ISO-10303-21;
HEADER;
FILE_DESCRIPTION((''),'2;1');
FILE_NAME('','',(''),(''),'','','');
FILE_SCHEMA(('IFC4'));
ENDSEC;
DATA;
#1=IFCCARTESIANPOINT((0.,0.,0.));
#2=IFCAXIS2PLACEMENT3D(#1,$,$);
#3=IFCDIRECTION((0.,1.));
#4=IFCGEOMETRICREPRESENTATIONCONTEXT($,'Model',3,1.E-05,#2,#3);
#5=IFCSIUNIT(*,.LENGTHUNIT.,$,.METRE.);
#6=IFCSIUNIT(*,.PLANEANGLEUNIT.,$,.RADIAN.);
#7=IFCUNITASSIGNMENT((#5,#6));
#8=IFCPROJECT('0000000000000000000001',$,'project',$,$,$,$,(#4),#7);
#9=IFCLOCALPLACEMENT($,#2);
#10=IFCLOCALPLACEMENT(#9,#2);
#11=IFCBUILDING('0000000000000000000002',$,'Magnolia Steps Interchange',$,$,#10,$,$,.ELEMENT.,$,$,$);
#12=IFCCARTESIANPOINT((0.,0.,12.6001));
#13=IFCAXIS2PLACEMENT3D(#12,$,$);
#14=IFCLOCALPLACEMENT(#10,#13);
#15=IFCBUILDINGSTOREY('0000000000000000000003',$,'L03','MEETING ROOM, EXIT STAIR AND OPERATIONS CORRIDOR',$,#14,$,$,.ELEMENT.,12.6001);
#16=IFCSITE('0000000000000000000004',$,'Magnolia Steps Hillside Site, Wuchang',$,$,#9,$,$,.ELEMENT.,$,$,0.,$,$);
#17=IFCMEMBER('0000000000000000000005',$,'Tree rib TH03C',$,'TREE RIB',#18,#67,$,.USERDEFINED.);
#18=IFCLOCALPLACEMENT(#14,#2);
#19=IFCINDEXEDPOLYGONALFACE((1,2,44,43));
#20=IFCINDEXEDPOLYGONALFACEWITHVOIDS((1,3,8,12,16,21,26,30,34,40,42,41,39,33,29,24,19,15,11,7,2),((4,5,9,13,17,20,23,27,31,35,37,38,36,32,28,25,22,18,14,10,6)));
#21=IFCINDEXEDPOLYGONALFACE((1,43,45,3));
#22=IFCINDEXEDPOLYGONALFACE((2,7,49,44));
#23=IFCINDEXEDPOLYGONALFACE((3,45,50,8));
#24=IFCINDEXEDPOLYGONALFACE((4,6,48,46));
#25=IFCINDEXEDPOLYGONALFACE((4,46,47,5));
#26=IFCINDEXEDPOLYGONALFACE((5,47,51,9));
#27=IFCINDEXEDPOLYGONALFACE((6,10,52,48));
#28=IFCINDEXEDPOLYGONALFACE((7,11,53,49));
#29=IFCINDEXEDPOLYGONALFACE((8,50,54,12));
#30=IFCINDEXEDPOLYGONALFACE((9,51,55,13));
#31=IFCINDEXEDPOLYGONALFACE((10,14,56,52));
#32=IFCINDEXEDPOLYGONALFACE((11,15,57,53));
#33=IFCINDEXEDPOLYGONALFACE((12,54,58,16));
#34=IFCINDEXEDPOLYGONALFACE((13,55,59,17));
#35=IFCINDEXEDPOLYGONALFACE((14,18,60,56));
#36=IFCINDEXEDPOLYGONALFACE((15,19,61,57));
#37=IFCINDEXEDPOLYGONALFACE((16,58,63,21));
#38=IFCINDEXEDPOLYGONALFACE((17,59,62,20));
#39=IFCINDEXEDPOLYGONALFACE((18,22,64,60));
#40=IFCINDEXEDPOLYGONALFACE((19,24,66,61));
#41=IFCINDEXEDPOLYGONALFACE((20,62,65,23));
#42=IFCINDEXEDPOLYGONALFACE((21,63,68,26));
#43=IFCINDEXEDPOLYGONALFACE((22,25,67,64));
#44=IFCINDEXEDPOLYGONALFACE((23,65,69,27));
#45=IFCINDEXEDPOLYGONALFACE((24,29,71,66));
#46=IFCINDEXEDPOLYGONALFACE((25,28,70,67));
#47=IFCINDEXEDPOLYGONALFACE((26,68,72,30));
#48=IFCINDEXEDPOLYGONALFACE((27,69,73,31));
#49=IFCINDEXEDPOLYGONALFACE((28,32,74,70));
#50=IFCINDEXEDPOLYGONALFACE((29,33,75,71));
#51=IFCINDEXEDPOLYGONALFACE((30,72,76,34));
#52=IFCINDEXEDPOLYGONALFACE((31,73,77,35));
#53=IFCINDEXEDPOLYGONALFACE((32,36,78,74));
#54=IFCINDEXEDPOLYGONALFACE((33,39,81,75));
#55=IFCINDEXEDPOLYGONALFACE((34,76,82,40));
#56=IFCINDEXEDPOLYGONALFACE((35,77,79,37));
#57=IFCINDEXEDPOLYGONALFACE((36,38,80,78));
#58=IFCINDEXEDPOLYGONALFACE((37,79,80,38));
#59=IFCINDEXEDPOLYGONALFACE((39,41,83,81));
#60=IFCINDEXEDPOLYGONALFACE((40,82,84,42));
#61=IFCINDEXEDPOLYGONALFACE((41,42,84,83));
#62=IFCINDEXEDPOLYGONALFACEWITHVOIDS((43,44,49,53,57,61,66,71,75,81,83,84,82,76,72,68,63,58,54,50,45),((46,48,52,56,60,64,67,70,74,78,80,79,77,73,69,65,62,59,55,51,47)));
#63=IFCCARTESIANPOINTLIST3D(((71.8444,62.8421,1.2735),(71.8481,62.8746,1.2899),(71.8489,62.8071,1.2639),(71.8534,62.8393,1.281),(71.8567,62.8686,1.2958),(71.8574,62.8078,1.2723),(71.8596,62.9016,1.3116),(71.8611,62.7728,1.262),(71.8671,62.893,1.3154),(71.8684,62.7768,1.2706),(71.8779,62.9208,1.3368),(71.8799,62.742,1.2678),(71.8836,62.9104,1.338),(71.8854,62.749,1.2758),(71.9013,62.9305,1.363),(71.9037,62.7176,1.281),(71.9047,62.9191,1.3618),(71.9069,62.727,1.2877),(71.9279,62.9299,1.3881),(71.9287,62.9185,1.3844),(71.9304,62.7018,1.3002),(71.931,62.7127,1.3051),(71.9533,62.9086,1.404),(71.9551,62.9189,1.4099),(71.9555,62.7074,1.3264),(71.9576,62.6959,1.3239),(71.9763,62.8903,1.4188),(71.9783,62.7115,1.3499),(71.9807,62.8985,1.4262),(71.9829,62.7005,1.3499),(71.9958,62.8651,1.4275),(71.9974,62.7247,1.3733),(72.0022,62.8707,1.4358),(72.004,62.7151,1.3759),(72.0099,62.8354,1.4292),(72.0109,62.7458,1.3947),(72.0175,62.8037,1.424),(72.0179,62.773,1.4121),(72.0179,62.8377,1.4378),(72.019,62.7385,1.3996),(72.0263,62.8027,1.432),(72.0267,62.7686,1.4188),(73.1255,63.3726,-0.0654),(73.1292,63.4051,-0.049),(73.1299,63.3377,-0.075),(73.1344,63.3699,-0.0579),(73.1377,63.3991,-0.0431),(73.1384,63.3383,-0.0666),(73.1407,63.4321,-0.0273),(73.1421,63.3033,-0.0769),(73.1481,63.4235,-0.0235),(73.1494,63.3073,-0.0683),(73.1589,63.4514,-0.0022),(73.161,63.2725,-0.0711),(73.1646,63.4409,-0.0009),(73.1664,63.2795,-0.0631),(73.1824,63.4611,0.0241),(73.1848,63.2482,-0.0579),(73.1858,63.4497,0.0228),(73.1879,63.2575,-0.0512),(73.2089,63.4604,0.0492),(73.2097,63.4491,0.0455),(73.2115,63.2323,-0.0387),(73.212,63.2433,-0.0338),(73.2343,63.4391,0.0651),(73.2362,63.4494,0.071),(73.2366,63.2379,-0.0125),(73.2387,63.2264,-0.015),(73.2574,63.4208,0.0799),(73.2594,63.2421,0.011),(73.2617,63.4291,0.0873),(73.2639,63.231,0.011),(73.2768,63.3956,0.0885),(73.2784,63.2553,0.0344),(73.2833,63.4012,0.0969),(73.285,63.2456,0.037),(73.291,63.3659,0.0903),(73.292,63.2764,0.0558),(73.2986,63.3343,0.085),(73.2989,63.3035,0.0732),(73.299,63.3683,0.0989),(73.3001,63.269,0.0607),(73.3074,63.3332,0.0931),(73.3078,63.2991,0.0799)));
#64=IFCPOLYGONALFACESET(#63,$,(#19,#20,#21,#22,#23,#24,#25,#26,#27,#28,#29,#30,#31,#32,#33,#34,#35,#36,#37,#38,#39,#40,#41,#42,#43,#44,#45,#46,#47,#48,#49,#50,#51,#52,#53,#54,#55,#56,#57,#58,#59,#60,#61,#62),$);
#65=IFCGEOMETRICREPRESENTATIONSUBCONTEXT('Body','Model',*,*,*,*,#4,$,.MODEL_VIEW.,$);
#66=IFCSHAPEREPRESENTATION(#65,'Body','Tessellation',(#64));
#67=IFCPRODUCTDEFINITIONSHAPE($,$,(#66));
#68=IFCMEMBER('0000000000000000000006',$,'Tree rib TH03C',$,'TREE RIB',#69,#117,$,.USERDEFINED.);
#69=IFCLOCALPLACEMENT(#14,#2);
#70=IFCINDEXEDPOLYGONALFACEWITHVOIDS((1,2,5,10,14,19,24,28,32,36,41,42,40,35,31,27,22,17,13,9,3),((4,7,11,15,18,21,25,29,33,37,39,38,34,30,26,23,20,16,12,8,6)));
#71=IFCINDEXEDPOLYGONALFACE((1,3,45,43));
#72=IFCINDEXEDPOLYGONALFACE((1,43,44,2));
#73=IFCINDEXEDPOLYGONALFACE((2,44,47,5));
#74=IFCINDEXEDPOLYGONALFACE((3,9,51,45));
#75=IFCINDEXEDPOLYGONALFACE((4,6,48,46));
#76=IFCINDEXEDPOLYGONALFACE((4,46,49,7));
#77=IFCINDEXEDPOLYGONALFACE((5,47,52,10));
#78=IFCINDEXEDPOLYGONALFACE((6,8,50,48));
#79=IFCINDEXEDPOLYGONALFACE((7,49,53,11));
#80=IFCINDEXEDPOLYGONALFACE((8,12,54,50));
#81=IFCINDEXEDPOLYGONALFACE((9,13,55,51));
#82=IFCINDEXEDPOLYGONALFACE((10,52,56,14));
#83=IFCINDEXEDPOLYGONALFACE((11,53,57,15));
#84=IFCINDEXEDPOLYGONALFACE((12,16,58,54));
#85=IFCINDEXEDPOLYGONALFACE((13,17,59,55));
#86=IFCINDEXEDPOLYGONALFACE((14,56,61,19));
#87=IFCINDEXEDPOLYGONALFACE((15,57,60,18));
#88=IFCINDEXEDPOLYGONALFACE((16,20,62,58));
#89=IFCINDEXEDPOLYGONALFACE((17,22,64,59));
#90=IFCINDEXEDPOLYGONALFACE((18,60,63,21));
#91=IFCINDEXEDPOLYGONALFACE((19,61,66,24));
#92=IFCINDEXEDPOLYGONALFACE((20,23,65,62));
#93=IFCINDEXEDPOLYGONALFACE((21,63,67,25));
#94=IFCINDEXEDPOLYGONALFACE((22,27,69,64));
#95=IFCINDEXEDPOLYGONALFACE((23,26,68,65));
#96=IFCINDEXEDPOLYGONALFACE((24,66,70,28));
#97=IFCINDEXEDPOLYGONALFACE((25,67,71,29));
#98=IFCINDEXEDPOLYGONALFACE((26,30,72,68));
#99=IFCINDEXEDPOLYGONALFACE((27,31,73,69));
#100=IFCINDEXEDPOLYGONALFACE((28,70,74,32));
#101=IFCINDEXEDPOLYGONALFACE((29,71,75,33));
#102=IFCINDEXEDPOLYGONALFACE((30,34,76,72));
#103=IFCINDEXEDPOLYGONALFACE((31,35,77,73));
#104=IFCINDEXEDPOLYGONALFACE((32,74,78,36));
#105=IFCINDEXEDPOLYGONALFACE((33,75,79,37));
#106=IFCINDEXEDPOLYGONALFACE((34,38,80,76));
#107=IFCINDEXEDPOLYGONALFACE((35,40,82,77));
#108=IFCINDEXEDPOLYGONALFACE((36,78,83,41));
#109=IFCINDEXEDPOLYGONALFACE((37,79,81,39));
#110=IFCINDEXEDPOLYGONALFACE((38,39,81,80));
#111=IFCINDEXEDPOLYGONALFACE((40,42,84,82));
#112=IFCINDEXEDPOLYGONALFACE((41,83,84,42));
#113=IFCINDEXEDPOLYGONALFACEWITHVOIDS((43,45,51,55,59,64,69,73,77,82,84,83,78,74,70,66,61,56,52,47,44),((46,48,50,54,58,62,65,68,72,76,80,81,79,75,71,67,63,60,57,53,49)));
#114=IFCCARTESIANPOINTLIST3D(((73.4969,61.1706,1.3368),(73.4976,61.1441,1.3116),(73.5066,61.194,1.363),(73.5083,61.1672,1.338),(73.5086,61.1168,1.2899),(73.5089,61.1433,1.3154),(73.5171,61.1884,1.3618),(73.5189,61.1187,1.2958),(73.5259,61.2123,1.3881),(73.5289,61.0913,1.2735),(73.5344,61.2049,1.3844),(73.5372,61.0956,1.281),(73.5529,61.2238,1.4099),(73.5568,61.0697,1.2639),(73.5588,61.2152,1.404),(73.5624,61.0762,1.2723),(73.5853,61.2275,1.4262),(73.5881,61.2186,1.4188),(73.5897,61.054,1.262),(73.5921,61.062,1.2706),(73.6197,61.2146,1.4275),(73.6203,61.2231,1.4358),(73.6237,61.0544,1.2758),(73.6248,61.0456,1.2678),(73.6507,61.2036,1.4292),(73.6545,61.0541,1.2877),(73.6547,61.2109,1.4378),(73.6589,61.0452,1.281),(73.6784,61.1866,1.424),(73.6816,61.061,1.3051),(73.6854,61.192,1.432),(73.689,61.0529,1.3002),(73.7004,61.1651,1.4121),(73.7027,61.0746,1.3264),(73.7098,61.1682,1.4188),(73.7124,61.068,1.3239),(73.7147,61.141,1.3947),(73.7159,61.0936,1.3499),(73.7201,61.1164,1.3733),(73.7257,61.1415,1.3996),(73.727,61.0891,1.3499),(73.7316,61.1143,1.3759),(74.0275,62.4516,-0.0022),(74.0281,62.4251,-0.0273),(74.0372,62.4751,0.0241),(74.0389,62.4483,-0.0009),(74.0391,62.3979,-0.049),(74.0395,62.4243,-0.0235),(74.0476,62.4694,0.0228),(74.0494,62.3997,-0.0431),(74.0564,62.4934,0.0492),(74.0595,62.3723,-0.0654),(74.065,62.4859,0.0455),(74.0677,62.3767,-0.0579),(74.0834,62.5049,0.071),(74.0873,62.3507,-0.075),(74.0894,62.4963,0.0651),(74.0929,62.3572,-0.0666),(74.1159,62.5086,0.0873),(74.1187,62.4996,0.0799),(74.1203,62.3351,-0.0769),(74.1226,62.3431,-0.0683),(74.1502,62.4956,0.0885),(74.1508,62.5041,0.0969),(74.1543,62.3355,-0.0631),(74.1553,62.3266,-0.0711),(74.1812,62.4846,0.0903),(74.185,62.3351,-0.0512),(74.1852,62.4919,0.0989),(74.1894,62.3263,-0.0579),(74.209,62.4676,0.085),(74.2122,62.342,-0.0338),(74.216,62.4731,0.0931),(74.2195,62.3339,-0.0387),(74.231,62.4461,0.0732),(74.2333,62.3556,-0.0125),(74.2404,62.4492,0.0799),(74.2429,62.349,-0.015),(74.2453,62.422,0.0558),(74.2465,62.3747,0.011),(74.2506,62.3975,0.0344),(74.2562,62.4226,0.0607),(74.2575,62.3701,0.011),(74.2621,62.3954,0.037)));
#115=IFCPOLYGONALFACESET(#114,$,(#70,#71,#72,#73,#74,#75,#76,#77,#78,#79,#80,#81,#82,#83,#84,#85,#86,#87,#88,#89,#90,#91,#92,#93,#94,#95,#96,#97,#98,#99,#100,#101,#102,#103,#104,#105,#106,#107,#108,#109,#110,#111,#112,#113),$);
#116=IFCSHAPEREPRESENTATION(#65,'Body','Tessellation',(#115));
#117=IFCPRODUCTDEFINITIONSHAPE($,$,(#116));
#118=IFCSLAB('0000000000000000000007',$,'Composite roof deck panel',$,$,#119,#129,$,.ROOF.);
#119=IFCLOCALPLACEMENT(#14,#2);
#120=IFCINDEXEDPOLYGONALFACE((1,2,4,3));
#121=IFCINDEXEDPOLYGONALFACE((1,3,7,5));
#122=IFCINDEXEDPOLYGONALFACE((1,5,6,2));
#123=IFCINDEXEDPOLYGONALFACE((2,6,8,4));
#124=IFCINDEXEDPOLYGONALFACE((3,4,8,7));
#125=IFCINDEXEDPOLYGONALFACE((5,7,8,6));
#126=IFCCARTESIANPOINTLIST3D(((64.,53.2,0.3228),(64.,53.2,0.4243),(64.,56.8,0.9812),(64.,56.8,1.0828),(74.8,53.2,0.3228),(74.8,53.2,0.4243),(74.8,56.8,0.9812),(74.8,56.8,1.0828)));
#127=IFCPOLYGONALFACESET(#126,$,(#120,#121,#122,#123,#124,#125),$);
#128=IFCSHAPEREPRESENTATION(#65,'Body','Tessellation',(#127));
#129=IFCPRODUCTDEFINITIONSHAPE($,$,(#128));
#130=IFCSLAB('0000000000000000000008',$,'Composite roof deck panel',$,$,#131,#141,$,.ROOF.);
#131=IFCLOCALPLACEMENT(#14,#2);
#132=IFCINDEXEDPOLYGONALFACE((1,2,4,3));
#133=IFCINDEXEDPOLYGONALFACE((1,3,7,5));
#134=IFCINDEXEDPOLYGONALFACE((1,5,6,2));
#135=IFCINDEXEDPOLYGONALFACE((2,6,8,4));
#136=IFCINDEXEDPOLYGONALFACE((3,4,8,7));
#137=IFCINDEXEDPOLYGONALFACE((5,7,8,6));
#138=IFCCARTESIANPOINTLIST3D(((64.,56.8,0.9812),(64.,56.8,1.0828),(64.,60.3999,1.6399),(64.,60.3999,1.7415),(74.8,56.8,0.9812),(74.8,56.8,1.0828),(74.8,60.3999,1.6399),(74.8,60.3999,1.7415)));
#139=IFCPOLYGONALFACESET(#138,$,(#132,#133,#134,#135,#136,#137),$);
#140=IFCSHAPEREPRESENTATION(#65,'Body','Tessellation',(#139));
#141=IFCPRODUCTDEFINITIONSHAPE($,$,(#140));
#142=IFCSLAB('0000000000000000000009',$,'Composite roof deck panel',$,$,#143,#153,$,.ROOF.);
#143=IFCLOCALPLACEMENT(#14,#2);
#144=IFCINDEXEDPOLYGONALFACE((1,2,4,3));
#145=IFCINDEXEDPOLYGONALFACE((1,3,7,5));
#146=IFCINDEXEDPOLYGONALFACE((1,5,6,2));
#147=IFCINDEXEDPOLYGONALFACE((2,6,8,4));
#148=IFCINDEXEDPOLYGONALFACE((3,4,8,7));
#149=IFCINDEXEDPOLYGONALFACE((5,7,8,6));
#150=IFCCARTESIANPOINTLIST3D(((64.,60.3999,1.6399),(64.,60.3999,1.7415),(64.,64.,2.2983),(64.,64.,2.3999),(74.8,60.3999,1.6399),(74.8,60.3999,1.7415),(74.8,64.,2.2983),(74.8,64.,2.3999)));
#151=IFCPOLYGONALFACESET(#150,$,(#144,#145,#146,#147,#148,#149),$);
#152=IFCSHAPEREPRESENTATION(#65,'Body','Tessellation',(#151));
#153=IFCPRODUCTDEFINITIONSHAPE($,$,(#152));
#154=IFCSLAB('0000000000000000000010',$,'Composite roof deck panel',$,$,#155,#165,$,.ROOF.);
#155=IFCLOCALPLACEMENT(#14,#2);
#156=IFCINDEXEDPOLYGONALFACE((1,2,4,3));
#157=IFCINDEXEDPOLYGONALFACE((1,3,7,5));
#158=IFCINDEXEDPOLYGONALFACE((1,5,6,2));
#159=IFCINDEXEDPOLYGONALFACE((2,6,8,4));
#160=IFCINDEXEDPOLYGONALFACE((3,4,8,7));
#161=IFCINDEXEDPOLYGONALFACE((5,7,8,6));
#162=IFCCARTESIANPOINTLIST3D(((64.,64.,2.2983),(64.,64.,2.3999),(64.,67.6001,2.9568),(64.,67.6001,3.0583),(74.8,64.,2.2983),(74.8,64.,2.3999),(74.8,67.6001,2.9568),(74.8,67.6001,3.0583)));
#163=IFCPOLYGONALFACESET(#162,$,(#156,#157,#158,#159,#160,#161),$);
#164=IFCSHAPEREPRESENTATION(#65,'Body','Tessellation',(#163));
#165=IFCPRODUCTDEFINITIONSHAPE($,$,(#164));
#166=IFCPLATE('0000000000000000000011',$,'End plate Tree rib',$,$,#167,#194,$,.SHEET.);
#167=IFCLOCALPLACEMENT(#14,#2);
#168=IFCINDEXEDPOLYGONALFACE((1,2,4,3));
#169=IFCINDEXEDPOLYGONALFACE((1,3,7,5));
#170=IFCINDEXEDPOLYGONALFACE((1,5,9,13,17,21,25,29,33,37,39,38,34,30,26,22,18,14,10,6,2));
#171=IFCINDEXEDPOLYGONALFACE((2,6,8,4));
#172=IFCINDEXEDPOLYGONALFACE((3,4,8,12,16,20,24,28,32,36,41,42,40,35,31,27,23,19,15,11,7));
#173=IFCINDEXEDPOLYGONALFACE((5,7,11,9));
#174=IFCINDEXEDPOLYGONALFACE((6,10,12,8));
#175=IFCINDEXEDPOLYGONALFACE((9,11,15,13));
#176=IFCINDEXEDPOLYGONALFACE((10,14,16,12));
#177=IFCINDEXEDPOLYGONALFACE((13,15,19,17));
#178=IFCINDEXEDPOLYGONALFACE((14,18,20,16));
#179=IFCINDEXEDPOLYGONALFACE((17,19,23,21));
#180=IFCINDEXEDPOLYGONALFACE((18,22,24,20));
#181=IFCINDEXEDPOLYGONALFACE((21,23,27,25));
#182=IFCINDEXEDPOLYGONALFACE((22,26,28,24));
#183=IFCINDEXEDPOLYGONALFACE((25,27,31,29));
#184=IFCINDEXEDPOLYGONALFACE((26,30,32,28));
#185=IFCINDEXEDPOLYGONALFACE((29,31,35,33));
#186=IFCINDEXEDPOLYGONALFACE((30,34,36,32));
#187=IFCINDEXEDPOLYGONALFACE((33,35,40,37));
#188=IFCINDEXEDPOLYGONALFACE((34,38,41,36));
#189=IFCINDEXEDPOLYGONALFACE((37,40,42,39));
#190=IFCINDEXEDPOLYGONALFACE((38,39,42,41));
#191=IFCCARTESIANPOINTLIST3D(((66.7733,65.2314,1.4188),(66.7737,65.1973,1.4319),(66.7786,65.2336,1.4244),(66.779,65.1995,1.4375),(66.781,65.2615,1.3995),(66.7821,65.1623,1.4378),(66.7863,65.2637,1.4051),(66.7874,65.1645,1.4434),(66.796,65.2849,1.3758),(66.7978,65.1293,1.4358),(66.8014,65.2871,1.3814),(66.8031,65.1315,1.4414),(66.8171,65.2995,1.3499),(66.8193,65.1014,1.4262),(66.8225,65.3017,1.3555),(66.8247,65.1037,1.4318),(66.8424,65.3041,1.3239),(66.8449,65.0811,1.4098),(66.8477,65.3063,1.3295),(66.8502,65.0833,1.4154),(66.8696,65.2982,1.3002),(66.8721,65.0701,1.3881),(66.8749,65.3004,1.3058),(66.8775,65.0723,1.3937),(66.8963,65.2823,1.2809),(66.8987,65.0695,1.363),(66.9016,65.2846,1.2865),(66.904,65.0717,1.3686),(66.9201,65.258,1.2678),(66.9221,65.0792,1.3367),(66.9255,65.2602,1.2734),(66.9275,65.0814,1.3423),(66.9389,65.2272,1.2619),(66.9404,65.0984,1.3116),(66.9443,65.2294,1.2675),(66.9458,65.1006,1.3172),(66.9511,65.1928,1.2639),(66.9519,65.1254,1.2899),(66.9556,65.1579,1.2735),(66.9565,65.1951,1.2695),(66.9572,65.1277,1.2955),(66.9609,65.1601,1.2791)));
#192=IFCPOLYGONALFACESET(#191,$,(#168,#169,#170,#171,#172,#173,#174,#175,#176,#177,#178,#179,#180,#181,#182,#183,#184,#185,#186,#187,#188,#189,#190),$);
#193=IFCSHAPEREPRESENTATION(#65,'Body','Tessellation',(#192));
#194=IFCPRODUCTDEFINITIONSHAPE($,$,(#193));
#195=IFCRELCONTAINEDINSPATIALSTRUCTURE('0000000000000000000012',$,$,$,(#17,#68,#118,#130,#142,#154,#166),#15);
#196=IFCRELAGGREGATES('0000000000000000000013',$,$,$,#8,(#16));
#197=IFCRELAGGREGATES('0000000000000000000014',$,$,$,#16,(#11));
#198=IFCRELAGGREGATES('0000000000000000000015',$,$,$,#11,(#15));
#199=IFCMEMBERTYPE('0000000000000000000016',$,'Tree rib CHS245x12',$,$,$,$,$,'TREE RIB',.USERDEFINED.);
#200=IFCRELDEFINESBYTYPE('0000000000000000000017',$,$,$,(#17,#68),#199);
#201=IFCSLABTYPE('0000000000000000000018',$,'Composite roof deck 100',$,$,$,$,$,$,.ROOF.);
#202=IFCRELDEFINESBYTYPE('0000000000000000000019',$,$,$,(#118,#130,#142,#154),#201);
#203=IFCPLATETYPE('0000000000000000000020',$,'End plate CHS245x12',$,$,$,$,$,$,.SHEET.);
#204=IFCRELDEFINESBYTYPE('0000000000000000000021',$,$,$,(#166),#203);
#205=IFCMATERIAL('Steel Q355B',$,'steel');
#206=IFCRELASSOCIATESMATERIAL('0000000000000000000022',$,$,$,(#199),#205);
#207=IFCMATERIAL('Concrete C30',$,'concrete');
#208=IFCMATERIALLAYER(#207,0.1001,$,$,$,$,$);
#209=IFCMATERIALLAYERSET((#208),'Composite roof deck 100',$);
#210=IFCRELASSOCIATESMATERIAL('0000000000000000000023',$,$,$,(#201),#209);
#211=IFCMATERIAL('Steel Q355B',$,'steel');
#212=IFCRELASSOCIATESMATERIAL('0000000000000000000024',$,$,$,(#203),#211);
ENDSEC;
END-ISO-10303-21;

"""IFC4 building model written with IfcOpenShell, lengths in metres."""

from ifc_helpers import new_model, si_unit, direction, frame, origin, origin_2d, place, context, subcontext, project, spatial, polyline, circle, hollow_circle, outline, extrude, material, layer, layer_set, material_profile, profile_set, type_object, element, save


model = new_model("IFC4")

# Units and contexts
model_context = context("Model", 3, precision=1e-05, world=origin(), true_north=direction((0.0, 1.0)))
body_context = subcontext(model_context, "Body", "Model", "MODEL_VIEW")
ifc_project = project(units=[si_unit("LENGTHUNIT", "METRE"), si_unit("PLANEANGLEUNIT", "RADIAN")], contexts=[model_context])

# Site, building, storey
site_placement = place(None, origin())
site = spatial("IfcSite", under=ifc_project, at=site_placement, Name="Magnolia Steps Hillside Site, Wuchang", CompositionType="ELEMENT", RefElevation=0.0)
building_placement = place(site_placement, origin())
building = spatial("IfcBuilding", under=site, at=building_placement, Name="Magnolia Steps Interchange", CompositionType="ELEMENT")
storey_placement = place(building_placement, frame((0.0, 0.0, 12.6001)))
storey = spatial("IfcBuildingStorey", under=building, at=storey_placement, Name="L03", Description="MEETING ROOM, EXIT STAIR AND OPERATIONS CORRIDOR", CompositionType="ELEMENT", Elevation=12.6001)

# Members
ifc_material_1 = material(Name="Steel Q355B", Category="steel")
ifc_material_profile_1 = material_profile(ifc_material_1, hollow_circle(Radius=0.1226, WallThickness=0.012, at=origin_2d()), Name="CHS245x12")
ifc_profile_set_1 = profile_set([ifc_material_profile_1], Name="Steel Q355B")
member_type = type_object("IfcMemberType", Name="Tree rib CHS245x12", ElementType="TREE RIB", PredefinedType="USERDEFINED", material=ifc_profile_set_1)
for number, where, z_axis, x_axis, name in (
    (1, (73.217, 63.3442, 0.011), (-0.664618, -0.275246, 0.694638), (0.382627, -0.923903, 0.0), "Tree rib TH03C"),
    (2, (74.1443, 62.417, 0.011), (-0.275246, -0.664618, 0.694638), (0.923903, -0.382627, 0.0), "Tree rib TH03C"),
):
    element("IfcMember", number, at=place(storey_placement, frame(where, z_axis=z_axis, x_axis=x_axis)), inside=storey, type_object=member_type, Name=name, ObjectType="TREE RIB", PredefinedType="USERDEFINED", context=body_context, shape_type="SweptSolid", body=[
        extrude(hollow_circle(Radius=0.1226, WallThickness=0.012, at=origin_2d()), origin(), (0.0, 0.0, 1.0), 1.9275),
    ])

# Slabs
ifc_material_2 = material(Name="Concrete C30", Category="concrete")
ifc_layer = layer(ifc_material_2, 0.1001)
ifc_layer_set = layer_set([ifc_layer], Name="Composite roof deck 100")
slab_type = type_object("IfcSlabType", Name="Composite roof deck 100", PredefinedType="ROOF", material=ifc_layer_set)
slab_1_placement = place(storey_placement, frame((74.8, 53.2, 0.4243), z_axis=(0.0, -0.179913, 0.983683), x_axis=(0.0, 0.983683, 0.179913)))
element("IfcSlab", 3, at=slab_1_placement, inside=storey, type_object=slab_type, Name="Composite roof deck panel", PredefinedType="ROOF", context=body_context, shape_type="SweptSolid", body=[
    extrude(outline(polyline([(0.0, 0.0), (3.6598, 0.0), (3.6598, 10.8), (0.0, 10.8), (0.0, 0.0)])), origin(), (-0.179913, 0.0, -0.983683), 0.1016),
])
slab_2_placement = place(storey_placement, frame((74.8, 56.8, 1.0828), z_axis=(0.0, -0.179989, 0.983669), x_axis=(0.0, 0.983669, 0.179989)))
element("IfcSlab", 4, at=slab_2_placement, inside=storey, type_object=slab_type, Name="Composite roof deck panel", PredefinedType="ROOF", context=body_context, shape_type="SweptSolid", body=[
    extrude(outline(polyline([(0.0, 0.0), (3.6596, 0.0), (3.6596, 10.8), (0.0, 10.8), (0.0, 0.0)])), origin(), (-0.179989, 0.0, -0.983669), 0.1016),
])
for number, where, z_axis, x_axis, name in (
    (5, (74.8, 60.3999, 1.7415), (0.0, -0.179913, 0.983683), (0.0, 0.983683, 0.179913), "Composite roof deck panel"),
    (6, (74.8, 64.0, 2.3999), (0.0, -0.179913, 0.983683), (0.0, 0.983683, 0.179913), "Composite roof deck panel"),
):
    element("IfcSlab", number, at=place(storey_placement, frame(where, z_axis=z_axis, x_axis=x_axis)), inside=storey, type_object=slab_type, Name=name, PredefinedType="ROOF", context=body_context, shape_type="SweptSolid", body=[
        extrude(outline(polyline([(0.0, 0.0), (3.6598, 0.0), (3.6598, 10.8), (0.0, 10.8), (0.0, 0.0)])), origin(), (-0.179913, 0.0, -0.983683), 0.1016),
    ])

# Plate
ifc_material_3 = material(Name="Steel Q355B", Category="steel")
ifc_material_profile_2 = material_profile(ifc_material_3, circle(Radius=0.1226, at=origin_2d()), Name="End plate CHS245x12")
ifc_profile_set_2 = profile_set([ifc_material_profile_2], Name="Steel Q355B")
plate_type = type_object("IfcPlateType", Name="End plate CHS245x12", PredefinedType="SHEET", material=ifc_profile_set_2)
for number, where, z_axis, x_axis, name in (
    (7, (66.864, 65.1863, 1.3499), (0.664583, 0.275279, 0.694658), (-0.382683, 0.92388, 0.0), "End plate Tree rib"),
):
    element("IfcPlate", number, at=place(storey_placement, frame(where, z_axis=z_axis, x_axis=x_axis)), inside=storey, type_object=plate_type, Name=name, PredefinedType="SHEET", context=body_context, shape_type="SweptSolid", body=[
        extrude(circle(Radius=0.1226, at=origin_2d()), origin(), (0.0, 0.0, 1.0), 0.0081),
    ])

save(model, "model.ifc")
